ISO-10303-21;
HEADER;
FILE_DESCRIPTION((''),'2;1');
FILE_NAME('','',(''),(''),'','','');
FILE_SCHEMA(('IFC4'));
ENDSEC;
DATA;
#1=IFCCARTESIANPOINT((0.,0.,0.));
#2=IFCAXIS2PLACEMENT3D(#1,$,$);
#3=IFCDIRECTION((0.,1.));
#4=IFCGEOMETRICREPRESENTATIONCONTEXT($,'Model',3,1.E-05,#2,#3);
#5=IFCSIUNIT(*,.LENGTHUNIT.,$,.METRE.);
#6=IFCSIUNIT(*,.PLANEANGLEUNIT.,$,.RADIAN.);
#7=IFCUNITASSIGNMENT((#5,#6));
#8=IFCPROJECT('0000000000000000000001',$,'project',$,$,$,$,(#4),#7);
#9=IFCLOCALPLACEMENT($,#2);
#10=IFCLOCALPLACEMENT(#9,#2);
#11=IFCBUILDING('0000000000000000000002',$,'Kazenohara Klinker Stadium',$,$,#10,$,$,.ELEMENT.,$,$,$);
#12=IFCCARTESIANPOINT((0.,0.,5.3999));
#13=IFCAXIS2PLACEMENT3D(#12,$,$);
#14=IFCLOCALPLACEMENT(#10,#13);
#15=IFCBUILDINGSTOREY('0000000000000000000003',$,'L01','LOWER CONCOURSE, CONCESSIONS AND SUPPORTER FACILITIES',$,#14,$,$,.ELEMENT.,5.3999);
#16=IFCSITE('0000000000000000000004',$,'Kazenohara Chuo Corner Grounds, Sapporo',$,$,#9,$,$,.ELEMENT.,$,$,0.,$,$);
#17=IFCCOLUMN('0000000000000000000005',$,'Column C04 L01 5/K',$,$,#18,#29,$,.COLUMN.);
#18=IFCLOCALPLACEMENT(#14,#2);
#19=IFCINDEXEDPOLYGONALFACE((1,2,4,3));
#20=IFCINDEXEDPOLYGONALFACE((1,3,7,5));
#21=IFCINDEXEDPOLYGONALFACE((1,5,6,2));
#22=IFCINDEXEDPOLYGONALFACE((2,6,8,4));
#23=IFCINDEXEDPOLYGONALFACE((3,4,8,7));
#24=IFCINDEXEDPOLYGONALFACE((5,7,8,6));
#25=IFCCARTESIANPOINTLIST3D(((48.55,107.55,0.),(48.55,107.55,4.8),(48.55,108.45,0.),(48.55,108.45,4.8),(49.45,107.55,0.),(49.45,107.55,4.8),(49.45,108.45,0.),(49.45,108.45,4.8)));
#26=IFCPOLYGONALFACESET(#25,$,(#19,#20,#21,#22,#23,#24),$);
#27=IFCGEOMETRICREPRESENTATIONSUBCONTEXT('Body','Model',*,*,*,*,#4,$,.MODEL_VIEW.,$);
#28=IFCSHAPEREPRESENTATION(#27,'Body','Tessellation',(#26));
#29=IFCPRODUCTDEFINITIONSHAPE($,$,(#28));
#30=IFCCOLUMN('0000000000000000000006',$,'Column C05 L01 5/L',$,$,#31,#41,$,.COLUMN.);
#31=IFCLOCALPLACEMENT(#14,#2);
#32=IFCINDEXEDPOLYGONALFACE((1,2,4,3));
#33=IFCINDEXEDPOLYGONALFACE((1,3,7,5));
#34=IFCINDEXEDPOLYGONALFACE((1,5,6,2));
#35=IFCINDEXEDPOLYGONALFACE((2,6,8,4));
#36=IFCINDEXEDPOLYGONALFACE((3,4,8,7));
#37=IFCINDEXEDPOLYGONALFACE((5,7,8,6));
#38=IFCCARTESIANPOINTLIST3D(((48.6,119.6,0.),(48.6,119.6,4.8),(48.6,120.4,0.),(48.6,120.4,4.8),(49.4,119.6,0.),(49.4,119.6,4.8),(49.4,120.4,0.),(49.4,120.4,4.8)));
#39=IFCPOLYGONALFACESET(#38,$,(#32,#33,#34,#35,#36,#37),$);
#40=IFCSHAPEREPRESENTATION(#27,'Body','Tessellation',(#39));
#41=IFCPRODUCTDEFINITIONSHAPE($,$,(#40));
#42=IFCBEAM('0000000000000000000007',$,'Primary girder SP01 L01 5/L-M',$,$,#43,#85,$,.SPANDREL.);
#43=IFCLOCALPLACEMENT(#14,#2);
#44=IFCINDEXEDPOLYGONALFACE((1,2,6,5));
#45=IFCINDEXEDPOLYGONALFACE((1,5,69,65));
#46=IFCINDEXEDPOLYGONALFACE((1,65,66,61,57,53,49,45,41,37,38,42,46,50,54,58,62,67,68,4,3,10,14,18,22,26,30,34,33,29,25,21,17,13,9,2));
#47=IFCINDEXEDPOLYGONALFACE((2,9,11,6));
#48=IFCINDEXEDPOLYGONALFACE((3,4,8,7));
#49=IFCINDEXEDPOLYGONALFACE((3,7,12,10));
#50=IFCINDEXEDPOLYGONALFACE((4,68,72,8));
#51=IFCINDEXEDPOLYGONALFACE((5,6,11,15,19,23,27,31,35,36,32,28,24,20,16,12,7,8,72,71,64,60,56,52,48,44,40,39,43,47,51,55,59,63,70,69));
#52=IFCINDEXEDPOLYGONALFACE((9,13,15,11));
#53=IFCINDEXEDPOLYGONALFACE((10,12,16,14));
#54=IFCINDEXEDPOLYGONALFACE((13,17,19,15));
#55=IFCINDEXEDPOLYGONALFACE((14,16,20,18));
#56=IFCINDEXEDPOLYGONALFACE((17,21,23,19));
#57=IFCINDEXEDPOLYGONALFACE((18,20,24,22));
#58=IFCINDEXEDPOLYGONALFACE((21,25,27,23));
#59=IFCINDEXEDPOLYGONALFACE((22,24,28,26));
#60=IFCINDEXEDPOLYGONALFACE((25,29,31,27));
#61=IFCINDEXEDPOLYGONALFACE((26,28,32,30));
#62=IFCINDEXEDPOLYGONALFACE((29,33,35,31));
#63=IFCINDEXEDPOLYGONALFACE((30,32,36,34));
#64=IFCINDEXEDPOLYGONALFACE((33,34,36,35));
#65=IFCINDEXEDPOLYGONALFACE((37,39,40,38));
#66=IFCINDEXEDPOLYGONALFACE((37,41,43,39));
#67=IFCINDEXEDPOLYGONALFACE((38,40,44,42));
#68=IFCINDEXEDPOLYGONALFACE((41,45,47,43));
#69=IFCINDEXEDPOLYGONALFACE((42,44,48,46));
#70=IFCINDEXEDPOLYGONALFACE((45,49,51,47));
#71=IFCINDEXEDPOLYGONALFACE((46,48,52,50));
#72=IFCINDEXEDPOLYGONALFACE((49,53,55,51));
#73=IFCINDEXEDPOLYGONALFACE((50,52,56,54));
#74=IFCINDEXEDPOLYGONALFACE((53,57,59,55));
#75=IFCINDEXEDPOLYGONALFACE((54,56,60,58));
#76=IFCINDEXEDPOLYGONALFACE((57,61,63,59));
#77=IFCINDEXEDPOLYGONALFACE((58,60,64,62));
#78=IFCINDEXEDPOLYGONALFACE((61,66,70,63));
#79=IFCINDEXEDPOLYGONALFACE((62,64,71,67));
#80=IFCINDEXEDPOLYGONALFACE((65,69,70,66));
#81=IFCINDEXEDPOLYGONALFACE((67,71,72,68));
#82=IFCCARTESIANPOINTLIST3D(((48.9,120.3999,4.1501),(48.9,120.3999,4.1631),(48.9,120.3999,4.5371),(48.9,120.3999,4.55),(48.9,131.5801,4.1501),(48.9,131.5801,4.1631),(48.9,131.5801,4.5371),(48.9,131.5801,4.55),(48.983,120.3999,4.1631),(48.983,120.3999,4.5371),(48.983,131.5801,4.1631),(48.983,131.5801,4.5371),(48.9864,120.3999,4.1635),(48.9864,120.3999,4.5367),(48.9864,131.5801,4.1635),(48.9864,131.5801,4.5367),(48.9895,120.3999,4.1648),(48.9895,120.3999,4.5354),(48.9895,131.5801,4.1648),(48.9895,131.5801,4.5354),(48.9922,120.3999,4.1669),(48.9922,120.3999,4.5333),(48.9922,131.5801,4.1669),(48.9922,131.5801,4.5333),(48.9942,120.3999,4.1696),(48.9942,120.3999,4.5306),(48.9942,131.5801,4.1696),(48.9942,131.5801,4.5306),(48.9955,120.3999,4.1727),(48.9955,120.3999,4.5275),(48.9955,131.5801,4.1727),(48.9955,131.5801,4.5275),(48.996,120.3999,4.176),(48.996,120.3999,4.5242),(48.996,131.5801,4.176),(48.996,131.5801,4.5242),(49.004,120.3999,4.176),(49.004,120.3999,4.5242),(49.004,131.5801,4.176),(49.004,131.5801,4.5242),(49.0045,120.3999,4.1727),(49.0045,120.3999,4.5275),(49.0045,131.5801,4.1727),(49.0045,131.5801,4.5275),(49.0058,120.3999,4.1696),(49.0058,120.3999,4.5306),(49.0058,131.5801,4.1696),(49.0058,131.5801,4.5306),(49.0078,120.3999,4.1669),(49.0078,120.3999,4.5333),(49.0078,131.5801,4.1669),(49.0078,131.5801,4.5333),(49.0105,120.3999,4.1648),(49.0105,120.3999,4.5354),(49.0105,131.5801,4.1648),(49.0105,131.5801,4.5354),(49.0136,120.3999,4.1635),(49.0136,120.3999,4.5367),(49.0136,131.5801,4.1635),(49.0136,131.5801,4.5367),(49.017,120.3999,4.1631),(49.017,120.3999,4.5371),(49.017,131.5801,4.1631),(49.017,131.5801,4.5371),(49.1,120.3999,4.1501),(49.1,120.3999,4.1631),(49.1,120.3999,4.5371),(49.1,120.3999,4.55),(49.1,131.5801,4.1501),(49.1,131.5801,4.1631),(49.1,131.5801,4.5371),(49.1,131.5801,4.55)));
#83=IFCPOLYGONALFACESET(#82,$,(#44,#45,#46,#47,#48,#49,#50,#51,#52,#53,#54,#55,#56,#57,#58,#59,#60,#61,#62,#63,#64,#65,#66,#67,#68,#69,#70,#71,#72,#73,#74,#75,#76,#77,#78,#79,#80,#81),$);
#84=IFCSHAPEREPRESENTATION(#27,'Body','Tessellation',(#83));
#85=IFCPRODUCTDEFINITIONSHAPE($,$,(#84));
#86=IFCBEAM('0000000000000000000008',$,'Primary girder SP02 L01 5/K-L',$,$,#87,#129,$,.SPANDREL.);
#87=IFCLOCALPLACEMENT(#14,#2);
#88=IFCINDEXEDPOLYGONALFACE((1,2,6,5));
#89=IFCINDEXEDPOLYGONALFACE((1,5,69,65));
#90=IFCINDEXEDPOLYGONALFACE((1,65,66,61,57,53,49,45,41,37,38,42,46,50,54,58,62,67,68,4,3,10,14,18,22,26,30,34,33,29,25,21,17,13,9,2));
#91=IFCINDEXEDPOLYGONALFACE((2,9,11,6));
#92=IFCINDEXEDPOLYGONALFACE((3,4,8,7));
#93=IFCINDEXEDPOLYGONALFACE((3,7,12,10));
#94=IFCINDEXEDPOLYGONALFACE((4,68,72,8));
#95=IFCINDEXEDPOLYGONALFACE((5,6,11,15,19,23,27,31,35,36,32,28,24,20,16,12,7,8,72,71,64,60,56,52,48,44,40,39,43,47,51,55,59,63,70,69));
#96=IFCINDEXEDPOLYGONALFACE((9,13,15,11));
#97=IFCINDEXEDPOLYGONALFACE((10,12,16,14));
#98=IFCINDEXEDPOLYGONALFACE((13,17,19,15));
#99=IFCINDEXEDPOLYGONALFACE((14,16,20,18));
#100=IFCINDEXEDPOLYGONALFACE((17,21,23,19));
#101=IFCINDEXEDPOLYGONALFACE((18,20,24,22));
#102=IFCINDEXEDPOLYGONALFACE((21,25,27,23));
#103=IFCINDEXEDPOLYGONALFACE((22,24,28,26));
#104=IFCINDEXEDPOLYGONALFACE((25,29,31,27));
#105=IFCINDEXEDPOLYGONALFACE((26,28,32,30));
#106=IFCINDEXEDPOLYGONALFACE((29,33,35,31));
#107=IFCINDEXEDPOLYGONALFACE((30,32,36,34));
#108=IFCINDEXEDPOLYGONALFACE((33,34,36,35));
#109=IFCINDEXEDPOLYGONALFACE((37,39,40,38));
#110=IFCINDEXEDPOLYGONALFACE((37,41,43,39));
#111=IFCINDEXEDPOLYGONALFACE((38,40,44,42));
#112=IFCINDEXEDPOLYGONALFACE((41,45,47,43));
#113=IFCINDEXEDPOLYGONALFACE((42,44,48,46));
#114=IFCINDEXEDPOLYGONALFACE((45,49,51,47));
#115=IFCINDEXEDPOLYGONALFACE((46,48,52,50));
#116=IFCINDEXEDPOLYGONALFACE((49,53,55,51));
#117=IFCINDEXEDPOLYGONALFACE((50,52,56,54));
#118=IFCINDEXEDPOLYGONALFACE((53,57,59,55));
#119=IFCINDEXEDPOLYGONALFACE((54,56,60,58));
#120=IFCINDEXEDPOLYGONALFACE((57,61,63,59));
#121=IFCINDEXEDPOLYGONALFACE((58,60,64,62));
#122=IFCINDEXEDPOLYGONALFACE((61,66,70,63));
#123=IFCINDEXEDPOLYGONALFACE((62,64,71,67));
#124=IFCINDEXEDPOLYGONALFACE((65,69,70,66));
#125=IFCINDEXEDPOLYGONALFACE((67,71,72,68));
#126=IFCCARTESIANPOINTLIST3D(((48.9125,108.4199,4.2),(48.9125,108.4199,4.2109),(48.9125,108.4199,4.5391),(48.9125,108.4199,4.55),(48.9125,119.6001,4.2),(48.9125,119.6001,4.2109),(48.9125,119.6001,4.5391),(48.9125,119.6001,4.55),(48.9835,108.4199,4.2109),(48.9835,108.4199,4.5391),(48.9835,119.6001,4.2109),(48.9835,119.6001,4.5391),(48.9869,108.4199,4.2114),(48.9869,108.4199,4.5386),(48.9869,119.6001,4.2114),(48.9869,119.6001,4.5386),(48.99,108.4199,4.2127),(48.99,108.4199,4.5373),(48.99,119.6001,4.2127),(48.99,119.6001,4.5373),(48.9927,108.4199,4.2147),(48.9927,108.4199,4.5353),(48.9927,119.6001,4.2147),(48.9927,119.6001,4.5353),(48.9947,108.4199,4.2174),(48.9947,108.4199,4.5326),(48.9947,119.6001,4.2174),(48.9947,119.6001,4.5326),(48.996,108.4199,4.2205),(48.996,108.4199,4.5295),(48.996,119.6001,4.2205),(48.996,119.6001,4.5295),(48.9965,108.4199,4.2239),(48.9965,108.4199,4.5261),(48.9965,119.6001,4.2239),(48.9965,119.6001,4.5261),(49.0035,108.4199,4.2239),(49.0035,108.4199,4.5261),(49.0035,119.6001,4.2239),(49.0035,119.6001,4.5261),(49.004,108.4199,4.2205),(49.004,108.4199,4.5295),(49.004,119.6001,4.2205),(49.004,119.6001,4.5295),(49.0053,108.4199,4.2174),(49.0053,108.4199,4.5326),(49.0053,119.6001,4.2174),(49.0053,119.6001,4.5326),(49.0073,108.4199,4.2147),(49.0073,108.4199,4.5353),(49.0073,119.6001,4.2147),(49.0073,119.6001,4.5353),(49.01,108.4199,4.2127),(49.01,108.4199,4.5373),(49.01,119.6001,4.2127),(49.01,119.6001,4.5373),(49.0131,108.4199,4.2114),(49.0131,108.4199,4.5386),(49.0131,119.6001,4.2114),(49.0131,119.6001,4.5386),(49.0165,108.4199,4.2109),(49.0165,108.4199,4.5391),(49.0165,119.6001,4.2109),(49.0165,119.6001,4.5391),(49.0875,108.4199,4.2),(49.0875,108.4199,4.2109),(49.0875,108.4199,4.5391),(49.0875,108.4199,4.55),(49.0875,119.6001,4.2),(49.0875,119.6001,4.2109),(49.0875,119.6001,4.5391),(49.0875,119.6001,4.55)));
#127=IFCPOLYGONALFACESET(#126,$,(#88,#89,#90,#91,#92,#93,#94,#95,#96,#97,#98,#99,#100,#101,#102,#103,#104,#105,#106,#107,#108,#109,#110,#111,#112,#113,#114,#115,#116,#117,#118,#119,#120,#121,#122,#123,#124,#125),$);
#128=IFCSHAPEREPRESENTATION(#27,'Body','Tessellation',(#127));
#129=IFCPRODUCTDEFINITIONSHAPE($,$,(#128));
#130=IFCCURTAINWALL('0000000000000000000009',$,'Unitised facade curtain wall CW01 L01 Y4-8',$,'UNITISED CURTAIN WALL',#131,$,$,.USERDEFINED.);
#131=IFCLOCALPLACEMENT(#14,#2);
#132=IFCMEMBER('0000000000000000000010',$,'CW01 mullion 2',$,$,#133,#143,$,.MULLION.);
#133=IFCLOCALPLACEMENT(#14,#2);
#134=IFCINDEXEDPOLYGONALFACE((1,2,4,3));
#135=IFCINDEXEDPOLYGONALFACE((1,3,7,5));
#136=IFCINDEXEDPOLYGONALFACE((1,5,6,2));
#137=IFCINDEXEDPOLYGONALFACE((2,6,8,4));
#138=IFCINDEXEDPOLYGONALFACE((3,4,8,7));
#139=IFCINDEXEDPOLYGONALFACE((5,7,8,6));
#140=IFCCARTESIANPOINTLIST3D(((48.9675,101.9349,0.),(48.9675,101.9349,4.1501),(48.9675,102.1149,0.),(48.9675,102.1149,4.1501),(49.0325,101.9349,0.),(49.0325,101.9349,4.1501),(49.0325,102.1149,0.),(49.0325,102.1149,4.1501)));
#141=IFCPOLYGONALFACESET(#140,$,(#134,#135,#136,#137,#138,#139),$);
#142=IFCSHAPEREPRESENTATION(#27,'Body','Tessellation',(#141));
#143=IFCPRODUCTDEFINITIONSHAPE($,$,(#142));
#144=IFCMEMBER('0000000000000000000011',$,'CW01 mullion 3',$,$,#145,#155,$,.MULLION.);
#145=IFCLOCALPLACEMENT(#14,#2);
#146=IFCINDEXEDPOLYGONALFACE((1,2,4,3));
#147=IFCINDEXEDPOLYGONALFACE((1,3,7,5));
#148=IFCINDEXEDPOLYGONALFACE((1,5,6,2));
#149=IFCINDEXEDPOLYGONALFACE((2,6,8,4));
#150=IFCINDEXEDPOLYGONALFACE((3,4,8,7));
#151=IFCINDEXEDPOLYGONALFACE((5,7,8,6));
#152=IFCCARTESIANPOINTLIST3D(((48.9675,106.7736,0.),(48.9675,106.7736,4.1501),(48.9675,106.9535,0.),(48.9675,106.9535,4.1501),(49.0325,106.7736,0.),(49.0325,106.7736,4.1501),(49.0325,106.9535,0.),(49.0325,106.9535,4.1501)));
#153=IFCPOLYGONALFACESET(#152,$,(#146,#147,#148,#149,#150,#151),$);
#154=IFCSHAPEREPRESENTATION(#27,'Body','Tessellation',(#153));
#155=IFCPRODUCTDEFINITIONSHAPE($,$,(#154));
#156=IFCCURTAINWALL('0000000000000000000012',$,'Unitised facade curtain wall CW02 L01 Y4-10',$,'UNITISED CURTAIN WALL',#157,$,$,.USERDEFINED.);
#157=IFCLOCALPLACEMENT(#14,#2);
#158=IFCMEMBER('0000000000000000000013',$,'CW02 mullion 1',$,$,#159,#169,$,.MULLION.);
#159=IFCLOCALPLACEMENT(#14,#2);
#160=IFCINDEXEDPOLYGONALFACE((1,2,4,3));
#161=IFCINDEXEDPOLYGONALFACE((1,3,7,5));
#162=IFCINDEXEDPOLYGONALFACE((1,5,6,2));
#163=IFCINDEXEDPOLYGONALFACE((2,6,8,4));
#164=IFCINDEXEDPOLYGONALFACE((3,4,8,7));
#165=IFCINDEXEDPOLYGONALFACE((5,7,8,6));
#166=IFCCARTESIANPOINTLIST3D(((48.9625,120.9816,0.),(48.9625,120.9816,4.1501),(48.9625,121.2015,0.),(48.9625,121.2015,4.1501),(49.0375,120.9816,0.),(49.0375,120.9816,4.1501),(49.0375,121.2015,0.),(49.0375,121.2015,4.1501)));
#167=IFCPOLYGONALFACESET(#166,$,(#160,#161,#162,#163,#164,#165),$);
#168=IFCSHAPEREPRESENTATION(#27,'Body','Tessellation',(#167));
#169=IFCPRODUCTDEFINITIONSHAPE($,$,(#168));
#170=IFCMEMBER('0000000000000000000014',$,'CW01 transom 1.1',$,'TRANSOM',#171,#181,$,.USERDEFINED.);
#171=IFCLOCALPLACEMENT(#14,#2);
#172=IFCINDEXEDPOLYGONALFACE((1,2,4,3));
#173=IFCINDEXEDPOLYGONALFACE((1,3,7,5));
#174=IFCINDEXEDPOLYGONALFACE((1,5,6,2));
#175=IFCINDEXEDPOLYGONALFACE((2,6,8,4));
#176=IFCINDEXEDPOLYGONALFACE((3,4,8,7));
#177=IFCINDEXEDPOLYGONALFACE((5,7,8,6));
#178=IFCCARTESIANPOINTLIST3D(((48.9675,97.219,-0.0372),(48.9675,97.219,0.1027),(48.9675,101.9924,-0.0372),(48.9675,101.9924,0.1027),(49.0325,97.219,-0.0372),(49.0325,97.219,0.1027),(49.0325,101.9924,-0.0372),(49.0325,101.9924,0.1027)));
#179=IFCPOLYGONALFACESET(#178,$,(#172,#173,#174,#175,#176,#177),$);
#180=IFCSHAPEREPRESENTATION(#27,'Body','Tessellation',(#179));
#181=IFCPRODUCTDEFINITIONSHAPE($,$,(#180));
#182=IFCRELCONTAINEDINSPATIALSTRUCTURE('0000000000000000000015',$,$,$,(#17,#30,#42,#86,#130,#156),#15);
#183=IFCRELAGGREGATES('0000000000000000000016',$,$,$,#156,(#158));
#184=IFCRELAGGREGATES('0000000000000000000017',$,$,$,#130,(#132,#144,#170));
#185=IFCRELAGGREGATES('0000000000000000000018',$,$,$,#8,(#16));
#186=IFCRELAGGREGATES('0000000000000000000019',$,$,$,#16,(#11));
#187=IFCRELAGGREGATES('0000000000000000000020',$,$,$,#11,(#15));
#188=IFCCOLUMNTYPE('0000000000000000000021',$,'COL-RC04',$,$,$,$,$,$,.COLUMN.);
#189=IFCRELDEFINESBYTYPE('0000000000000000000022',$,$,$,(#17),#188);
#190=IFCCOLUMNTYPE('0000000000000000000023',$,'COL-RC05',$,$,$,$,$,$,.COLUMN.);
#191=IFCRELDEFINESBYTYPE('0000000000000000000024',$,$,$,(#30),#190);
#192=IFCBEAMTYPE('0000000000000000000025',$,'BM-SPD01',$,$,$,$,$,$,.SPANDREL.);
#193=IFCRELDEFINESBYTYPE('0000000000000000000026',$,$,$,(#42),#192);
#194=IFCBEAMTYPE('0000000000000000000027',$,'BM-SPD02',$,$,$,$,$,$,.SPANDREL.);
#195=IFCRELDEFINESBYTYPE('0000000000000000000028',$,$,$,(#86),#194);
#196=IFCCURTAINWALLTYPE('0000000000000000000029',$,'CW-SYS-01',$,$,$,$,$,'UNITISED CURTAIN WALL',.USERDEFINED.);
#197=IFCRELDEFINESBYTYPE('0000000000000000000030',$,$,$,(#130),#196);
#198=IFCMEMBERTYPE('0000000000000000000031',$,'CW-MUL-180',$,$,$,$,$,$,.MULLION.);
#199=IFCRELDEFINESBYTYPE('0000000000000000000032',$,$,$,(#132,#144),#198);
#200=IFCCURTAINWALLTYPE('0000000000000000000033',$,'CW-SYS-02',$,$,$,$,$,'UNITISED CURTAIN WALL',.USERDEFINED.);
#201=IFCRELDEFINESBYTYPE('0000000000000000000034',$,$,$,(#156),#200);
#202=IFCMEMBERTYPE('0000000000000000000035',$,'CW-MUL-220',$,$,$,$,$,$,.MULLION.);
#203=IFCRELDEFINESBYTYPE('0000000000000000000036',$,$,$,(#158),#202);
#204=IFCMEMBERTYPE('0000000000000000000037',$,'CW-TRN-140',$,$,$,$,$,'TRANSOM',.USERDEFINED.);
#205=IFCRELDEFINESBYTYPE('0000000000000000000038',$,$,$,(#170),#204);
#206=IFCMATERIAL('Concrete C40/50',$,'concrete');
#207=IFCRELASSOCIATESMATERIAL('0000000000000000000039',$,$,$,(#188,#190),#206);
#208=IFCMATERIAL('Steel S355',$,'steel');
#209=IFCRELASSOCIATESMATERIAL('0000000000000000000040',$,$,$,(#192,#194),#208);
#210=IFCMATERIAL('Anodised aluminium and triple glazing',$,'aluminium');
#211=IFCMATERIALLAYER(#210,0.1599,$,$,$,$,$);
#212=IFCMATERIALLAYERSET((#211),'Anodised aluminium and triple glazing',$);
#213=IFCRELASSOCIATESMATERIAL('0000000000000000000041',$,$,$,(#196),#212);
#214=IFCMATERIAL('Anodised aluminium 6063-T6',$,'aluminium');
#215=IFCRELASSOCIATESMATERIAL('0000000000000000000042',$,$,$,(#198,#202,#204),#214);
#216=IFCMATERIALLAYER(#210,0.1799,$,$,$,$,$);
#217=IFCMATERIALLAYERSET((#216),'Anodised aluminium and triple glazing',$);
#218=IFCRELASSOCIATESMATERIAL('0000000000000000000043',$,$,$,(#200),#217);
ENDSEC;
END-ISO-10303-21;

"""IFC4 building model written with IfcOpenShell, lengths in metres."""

from ifc_helpers import new_model, si_unit, direction, frame, origin, origin_2d, place, context, subcontext, project, spatial, rectangle, i_section, extrude, material, layer, layer_set, material_profile, profile_set, type_object, element, aggregate, save


model = new_model("IFC4")

# Units and contexts
model_context = context("Model", 3, precision=1e-05, world=origin(), true_north=direction((0.0, 1.0)))
body_context = subcontext(model_context, "Body", "Model", "MODEL_VIEW")
ifc_project = project(units=[si_unit("LENGTHUNIT", "METRE"), si_unit("PLANEANGLEUNIT", "RADIAN")], contexts=[model_context])

# Site, building, storey
site_placement = place(None, origin())
site = spatial("IfcSite", under=ifc_project, at=site_placement, Name="Kazenohara Chuo Corner Grounds, Sapporo", CompositionType="ELEMENT", RefElevation=0.0)
building_placement = place(site_placement, origin())
building = spatial("IfcBuilding", under=site, at=building_placement, Name="Kazenohara Klinker Stadium", CompositionType="ELEMENT")
storey_placement = place(building_placement, frame((0.0, 0.0, 5.3999)))
storey = spatial("IfcBuildingStorey", under=building, at=storey_placement, Name="L01", Description="LOWER CONCOURSE, CONCESSIONS AND SUPPORTER FACILITIES", CompositionType="ELEMENT", Elevation=5.3999)

# Columns
ifc_material_1 = material(Name="Concrete C40/50", Category="concrete")
ifc_material_profile_1 = material_profile(ifc_material_1, rectangle(XDim=0.8999, YDim=0.8999, at=origin_2d()), Name="RC-COL-900x900")
ifc_profile_set_1 = profile_set([ifc_material_profile_1], Name="Concrete C40/50")
column_type_1 = type_object("IfcColumnType", Name="COL-RC04", PredefinedType="COLUMN", material=ifc_profile_set_1)
column_1_placement = place(storey_placement, frame((49.0, 108.0, 0.0), z_axis=(0.0, 0.0, 1.0), x_axis=(1.0, 0.0, 0.0)))
element("IfcColumn", 1, at=column_1_placement, inside=storey, type_object=column_type_1, Name="Column C04 L01 5/K", PredefinedType="COLUMN", context=body_context, shape_type="SweptSolid", body=[
    extrude(rectangle(XDim=0.8999, YDim=0.8999, at=origin_2d()), origin(), (0.0, 0.0, 1.0), 4.8),
])
ifc_material_profile_2 = material_profile(ifc_material_1, rectangle(XDim=0.8, YDim=0.8, at=origin_2d()), Name="RC-COL-800x800")
ifc_profile_set_2 = profile_set([ifc_material_profile_2], Name="Concrete C40/50")
column_type_2 = type_object("IfcColumnType", Name="COL-RC05", PredefinedType="COLUMN", material=ifc_profile_set_2)
column_2_placement = place(storey_placement, frame((49.0, 120.0, 0.0), z_axis=(0.0, 0.0, 1.0), x_axis=(1.0, 0.0, 0.0)))
element("IfcColumn", 2, at=column_2_placement, inside=storey, type_object=column_type_2, Name="Column C05 L01 5/L", PredefinedType="COLUMN", context=body_context, shape_type="SweptSolid", body=[
    extrude(rectangle(XDim=0.8, YDim=0.8, at=origin_2d()), origin(), (0.0, 0.0, 1.0), 4.8),
])

# Beams
ifc_material_2 = material(Name="Steel S355", Category="steel")
ifc_material_profile_3 = material_profile(ifc_material_2, i_section(OverallWidth=0.2, OverallDepth=0.3999, WebThickness=0.0081, FlangeThickness=0.0129, FilletRadius=0.0129, at=origin_2d()), Name="H-400x200x8x13")
ifc_profile_set_3 = profile_set([ifc_material_profile_3], Name="Steel S355")
beam_type_1 = type_object("IfcBeamType", Name="BM-SPD01", PredefinedType="SPANDREL", material=ifc_profile_set_3)
beam_1_placement = place(storey_placement, frame((49.0, 120.3999, 4.3501), z_axis=(0.0, 1.0, 0.0), x_axis=(-1.0, 0.0, 0.0)))
element("IfcBeam", 3, at=beam_1_placement, inside=storey, type_object=beam_type_1, Name="Primary girder SP01 L01 5/L-M", PredefinedType="SPANDREL", context=body_context, shape_type="SweptSolid", body=[
    extrude(i_section(OverallWidth=0.2, OverallDepth=0.3999, WebThickness=0.0081, FlangeThickness=0.0129, FilletRadius=0.0129, at=origin_2d()), origin(), (0.0, 0.0, 1.0), 11.1802),
])
ifc_material_profile_4 = material_profile(ifc_material_2, i_section(OverallWidth=0.175, OverallDepth=0.3501, WebThickness=0.0071, FlangeThickness=0.011, FilletRadius=0.0129, at=origin_2d()), Name="H-350x175x7x11")
ifc_profile_set_4 = profile_set([ifc_material_profile_4], Name="Steel S355")
beam_type_2 = type_object("IfcBeamType", Name="BM-SPD02", PredefinedType="SPANDREL", material=ifc_profile_set_4)
beam_2_placement = place(storey_placement, frame((49.0, 108.4199, 4.375), z_axis=(0.0, 1.0, 0.0), x_axis=(-1.0, 0.0, 0.0)))
element("IfcBeam", 4, at=beam_2_placement, inside=storey, type_object=beam_type_2, Name="Primary girder SP02 L01 5/K-L", PredefinedType="SPANDREL", context=body_context, shape_type="SweptSolid", body=[
    extrude(i_section(OverallWidth=0.175, OverallDepth=0.3501, WebThickness=0.0071, FlangeThickness=0.011, FilletRadius=0.0129, at=origin_2d()), origin(), (0.0, 0.0, 1.0), 11.1802),
])

# Curtain wall, members
ifc_material_3 = material(Name="Anodised aluminium and triple glazing", Category="aluminium")
ifc_layer_1 = layer(ifc_material_3, 0.1599)
ifc_layer_set_1 = layer_set([ifc_layer_1], Name="Anodised aluminium and triple glazing")
curtain_wall_type_1 = type_object("IfcCurtainWallType", Name="CW-SYS-01", ElementType="UNITISED CURTAIN WALL", PredefinedType="USERDEFINED", material=ifc_layer_set_1)
curtain_wall_1_placement = place(storey_placement, origin())
curtain_wall_1 = element("IfcCurtainWall", 5, at=curtain_wall_1_placement, inside=storey, type_object=curtain_wall_type_1, Name="Unitised facade curtain wall CW01 L01 Y4-8", ObjectType="UNITISED CURTAIN WALL", PredefinedType="USERDEFINED")
ifc_material_4 = material(Name="Anodised aluminium 6063-T6", Category="aluminium")
ifc_material_profile_5 = material_profile(ifc_material_4, rectangle(XDim=0.0649, YDim=0.1799, at=origin_2d()), Name="ALU-MUL-65x180")
ifc_profile_set_5 = profile_set([ifc_material_profile_5], Name="Anodised aluminium 6063-T6")
member_type_1 = type_object("IfcMemberType", Name="CW-MUL-180", PredefinedType="MULLION", material=ifc_profile_set_5)
member_1_placement = place(storey_placement, frame((49.0, 102.0249, 0.0), z_axis=(0.0, 0.0, 1.0), x_axis=(-1.0, 0.0, 0.0)))
member_1 = element("IfcMember", 6, at=member_1_placement, type_object=member_type_1, Name="CW01 mullion 2", PredefinedType="MULLION", context=body_context, shape_type="SweptSolid", body=[
    extrude(rectangle(XDim=0.0649, YDim=0.1799, at=origin_2d()), origin(), (0.0, 0.0, 1.0), 4.1501),
])
member_2_placement = place(storey_placement, frame((49.0, 106.8635, 0.0), z_axis=(0.0, 0.0, 1.0), x_axis=(-1.0, 0.0, 0.0)))
member_2 = element("IfcMember", 7, at=member_2_placement, type_object=member_type_1, Name="CW01 mullion 3", PredefinedType="MULLION", context=body_context, shape_type="SweptSolid", body=[
    extrude(rectangle(XDim=0.0649, YDim=0.1799, at=origin_2d()), origin(), (0.0, 0.0, 1.0), 4.1501),
])

# Curtain wall, member
ifc_layer_2 = layer(ifc_material_3, 0.1799)
ifc_layer_set_2 = layer_set([ifc_layer_2], Name="Anodised aluminium and triple glazing")
curtain_wall_type_2 = type_object("IfcCurtainWallType", Name="CW-SYS-02", ElementType="UNITISED CURTAIN WALL", PredefinedType="USERDEFINED", material=ifc_layer_set_2)
curtain_wall_2_placement = place(storey_placement, origin())
curtain_wall_2 = element("IfcCurtainWall", 8, at=curtain_wall_2_placement, inside=storey, type_object=curtain_wall_type_2, Name="Unitised facade curtain wall CW02 L01 Y4-10", ObjectType="UNITISED CURTAIN WALL", PredefinedType="USERDEFINED")
ifc_material_profile_6 = material_profile(ifc_material_4, rectangle(XDim=0.075, YDim=0.22, at=origin_2d()), Name="ALU-MUL-75x220")
ifc_profile_set_6 = profile_set([ifc_material_profile_6], Name="Anodised aluminium 6063-T6")
member_type_2 = type_object("IfcMemberType", Name="CW-MUL-220", PredefinedType="MULLION", material=ifc_profile_set_6)
member_3_placement = place(storey_placement, frame((49.0, 121.0916, 0.0), z_axis=(0.0, 0.0, 1.0), x_axis=(-1.0, 0.0, 0.0)))
member_3 = element("IfcMember", 9, at=member_3_placement, type_object=member_type_2, Name="CW02 mullion 1", PredefinedType="MULLION", context=body_context, shape_type="SweptSolid", body=[
    extrude(rectangle(XDim=0.075, YDim=0.22, at=origin_2d()), origin(), (0.0, 0.0, 1.0), 4.1501),
])

# Member
ifc_material_profile_7 = material_profile(ifc_material_4, rectangle(XDim=0.0649, YDim=0.1399, at=origin_2d()), Name="ALU-TRN-65x140")
ifc_profile_set_7 = profile_set([ifc_material_profile_7], Name="Anodised aluminium 6063-T6")
member_type_3 = type_object("IfcMemberType", Name="CW-TRN-140", ElementType="TRANSOM", PredefinedType="USERDEFINED", material=ifc_profile_set_7)
member_4_placement = place(storey_placement, frame((49.0, 97.219, 0.0327), z_axis=(0.0, 1.0, 0.0), x_axis=(-1.0, 0.0, 0.0)))
member_4 = element("IfcMember", 10, at=member_4_placement, type_object=member_type_3, Name="CW01 transom 1.1", ObjectType="TRANSOM", PredefinedType="USERDEFINED", context=body_context, shape_type="SweptSolid", body=[
    extrude(rectangle(XDim=0.0649, YDim=0.1399, at=origin_2d()), origin(), (0.0, 0.0, 1.0), 4.7734),
])
aggregate(curtain_wall_2, [member_3])

aggregate(curtain_wall_1, [member_1, member_2, member_4])

save(model, "model.ifc")
